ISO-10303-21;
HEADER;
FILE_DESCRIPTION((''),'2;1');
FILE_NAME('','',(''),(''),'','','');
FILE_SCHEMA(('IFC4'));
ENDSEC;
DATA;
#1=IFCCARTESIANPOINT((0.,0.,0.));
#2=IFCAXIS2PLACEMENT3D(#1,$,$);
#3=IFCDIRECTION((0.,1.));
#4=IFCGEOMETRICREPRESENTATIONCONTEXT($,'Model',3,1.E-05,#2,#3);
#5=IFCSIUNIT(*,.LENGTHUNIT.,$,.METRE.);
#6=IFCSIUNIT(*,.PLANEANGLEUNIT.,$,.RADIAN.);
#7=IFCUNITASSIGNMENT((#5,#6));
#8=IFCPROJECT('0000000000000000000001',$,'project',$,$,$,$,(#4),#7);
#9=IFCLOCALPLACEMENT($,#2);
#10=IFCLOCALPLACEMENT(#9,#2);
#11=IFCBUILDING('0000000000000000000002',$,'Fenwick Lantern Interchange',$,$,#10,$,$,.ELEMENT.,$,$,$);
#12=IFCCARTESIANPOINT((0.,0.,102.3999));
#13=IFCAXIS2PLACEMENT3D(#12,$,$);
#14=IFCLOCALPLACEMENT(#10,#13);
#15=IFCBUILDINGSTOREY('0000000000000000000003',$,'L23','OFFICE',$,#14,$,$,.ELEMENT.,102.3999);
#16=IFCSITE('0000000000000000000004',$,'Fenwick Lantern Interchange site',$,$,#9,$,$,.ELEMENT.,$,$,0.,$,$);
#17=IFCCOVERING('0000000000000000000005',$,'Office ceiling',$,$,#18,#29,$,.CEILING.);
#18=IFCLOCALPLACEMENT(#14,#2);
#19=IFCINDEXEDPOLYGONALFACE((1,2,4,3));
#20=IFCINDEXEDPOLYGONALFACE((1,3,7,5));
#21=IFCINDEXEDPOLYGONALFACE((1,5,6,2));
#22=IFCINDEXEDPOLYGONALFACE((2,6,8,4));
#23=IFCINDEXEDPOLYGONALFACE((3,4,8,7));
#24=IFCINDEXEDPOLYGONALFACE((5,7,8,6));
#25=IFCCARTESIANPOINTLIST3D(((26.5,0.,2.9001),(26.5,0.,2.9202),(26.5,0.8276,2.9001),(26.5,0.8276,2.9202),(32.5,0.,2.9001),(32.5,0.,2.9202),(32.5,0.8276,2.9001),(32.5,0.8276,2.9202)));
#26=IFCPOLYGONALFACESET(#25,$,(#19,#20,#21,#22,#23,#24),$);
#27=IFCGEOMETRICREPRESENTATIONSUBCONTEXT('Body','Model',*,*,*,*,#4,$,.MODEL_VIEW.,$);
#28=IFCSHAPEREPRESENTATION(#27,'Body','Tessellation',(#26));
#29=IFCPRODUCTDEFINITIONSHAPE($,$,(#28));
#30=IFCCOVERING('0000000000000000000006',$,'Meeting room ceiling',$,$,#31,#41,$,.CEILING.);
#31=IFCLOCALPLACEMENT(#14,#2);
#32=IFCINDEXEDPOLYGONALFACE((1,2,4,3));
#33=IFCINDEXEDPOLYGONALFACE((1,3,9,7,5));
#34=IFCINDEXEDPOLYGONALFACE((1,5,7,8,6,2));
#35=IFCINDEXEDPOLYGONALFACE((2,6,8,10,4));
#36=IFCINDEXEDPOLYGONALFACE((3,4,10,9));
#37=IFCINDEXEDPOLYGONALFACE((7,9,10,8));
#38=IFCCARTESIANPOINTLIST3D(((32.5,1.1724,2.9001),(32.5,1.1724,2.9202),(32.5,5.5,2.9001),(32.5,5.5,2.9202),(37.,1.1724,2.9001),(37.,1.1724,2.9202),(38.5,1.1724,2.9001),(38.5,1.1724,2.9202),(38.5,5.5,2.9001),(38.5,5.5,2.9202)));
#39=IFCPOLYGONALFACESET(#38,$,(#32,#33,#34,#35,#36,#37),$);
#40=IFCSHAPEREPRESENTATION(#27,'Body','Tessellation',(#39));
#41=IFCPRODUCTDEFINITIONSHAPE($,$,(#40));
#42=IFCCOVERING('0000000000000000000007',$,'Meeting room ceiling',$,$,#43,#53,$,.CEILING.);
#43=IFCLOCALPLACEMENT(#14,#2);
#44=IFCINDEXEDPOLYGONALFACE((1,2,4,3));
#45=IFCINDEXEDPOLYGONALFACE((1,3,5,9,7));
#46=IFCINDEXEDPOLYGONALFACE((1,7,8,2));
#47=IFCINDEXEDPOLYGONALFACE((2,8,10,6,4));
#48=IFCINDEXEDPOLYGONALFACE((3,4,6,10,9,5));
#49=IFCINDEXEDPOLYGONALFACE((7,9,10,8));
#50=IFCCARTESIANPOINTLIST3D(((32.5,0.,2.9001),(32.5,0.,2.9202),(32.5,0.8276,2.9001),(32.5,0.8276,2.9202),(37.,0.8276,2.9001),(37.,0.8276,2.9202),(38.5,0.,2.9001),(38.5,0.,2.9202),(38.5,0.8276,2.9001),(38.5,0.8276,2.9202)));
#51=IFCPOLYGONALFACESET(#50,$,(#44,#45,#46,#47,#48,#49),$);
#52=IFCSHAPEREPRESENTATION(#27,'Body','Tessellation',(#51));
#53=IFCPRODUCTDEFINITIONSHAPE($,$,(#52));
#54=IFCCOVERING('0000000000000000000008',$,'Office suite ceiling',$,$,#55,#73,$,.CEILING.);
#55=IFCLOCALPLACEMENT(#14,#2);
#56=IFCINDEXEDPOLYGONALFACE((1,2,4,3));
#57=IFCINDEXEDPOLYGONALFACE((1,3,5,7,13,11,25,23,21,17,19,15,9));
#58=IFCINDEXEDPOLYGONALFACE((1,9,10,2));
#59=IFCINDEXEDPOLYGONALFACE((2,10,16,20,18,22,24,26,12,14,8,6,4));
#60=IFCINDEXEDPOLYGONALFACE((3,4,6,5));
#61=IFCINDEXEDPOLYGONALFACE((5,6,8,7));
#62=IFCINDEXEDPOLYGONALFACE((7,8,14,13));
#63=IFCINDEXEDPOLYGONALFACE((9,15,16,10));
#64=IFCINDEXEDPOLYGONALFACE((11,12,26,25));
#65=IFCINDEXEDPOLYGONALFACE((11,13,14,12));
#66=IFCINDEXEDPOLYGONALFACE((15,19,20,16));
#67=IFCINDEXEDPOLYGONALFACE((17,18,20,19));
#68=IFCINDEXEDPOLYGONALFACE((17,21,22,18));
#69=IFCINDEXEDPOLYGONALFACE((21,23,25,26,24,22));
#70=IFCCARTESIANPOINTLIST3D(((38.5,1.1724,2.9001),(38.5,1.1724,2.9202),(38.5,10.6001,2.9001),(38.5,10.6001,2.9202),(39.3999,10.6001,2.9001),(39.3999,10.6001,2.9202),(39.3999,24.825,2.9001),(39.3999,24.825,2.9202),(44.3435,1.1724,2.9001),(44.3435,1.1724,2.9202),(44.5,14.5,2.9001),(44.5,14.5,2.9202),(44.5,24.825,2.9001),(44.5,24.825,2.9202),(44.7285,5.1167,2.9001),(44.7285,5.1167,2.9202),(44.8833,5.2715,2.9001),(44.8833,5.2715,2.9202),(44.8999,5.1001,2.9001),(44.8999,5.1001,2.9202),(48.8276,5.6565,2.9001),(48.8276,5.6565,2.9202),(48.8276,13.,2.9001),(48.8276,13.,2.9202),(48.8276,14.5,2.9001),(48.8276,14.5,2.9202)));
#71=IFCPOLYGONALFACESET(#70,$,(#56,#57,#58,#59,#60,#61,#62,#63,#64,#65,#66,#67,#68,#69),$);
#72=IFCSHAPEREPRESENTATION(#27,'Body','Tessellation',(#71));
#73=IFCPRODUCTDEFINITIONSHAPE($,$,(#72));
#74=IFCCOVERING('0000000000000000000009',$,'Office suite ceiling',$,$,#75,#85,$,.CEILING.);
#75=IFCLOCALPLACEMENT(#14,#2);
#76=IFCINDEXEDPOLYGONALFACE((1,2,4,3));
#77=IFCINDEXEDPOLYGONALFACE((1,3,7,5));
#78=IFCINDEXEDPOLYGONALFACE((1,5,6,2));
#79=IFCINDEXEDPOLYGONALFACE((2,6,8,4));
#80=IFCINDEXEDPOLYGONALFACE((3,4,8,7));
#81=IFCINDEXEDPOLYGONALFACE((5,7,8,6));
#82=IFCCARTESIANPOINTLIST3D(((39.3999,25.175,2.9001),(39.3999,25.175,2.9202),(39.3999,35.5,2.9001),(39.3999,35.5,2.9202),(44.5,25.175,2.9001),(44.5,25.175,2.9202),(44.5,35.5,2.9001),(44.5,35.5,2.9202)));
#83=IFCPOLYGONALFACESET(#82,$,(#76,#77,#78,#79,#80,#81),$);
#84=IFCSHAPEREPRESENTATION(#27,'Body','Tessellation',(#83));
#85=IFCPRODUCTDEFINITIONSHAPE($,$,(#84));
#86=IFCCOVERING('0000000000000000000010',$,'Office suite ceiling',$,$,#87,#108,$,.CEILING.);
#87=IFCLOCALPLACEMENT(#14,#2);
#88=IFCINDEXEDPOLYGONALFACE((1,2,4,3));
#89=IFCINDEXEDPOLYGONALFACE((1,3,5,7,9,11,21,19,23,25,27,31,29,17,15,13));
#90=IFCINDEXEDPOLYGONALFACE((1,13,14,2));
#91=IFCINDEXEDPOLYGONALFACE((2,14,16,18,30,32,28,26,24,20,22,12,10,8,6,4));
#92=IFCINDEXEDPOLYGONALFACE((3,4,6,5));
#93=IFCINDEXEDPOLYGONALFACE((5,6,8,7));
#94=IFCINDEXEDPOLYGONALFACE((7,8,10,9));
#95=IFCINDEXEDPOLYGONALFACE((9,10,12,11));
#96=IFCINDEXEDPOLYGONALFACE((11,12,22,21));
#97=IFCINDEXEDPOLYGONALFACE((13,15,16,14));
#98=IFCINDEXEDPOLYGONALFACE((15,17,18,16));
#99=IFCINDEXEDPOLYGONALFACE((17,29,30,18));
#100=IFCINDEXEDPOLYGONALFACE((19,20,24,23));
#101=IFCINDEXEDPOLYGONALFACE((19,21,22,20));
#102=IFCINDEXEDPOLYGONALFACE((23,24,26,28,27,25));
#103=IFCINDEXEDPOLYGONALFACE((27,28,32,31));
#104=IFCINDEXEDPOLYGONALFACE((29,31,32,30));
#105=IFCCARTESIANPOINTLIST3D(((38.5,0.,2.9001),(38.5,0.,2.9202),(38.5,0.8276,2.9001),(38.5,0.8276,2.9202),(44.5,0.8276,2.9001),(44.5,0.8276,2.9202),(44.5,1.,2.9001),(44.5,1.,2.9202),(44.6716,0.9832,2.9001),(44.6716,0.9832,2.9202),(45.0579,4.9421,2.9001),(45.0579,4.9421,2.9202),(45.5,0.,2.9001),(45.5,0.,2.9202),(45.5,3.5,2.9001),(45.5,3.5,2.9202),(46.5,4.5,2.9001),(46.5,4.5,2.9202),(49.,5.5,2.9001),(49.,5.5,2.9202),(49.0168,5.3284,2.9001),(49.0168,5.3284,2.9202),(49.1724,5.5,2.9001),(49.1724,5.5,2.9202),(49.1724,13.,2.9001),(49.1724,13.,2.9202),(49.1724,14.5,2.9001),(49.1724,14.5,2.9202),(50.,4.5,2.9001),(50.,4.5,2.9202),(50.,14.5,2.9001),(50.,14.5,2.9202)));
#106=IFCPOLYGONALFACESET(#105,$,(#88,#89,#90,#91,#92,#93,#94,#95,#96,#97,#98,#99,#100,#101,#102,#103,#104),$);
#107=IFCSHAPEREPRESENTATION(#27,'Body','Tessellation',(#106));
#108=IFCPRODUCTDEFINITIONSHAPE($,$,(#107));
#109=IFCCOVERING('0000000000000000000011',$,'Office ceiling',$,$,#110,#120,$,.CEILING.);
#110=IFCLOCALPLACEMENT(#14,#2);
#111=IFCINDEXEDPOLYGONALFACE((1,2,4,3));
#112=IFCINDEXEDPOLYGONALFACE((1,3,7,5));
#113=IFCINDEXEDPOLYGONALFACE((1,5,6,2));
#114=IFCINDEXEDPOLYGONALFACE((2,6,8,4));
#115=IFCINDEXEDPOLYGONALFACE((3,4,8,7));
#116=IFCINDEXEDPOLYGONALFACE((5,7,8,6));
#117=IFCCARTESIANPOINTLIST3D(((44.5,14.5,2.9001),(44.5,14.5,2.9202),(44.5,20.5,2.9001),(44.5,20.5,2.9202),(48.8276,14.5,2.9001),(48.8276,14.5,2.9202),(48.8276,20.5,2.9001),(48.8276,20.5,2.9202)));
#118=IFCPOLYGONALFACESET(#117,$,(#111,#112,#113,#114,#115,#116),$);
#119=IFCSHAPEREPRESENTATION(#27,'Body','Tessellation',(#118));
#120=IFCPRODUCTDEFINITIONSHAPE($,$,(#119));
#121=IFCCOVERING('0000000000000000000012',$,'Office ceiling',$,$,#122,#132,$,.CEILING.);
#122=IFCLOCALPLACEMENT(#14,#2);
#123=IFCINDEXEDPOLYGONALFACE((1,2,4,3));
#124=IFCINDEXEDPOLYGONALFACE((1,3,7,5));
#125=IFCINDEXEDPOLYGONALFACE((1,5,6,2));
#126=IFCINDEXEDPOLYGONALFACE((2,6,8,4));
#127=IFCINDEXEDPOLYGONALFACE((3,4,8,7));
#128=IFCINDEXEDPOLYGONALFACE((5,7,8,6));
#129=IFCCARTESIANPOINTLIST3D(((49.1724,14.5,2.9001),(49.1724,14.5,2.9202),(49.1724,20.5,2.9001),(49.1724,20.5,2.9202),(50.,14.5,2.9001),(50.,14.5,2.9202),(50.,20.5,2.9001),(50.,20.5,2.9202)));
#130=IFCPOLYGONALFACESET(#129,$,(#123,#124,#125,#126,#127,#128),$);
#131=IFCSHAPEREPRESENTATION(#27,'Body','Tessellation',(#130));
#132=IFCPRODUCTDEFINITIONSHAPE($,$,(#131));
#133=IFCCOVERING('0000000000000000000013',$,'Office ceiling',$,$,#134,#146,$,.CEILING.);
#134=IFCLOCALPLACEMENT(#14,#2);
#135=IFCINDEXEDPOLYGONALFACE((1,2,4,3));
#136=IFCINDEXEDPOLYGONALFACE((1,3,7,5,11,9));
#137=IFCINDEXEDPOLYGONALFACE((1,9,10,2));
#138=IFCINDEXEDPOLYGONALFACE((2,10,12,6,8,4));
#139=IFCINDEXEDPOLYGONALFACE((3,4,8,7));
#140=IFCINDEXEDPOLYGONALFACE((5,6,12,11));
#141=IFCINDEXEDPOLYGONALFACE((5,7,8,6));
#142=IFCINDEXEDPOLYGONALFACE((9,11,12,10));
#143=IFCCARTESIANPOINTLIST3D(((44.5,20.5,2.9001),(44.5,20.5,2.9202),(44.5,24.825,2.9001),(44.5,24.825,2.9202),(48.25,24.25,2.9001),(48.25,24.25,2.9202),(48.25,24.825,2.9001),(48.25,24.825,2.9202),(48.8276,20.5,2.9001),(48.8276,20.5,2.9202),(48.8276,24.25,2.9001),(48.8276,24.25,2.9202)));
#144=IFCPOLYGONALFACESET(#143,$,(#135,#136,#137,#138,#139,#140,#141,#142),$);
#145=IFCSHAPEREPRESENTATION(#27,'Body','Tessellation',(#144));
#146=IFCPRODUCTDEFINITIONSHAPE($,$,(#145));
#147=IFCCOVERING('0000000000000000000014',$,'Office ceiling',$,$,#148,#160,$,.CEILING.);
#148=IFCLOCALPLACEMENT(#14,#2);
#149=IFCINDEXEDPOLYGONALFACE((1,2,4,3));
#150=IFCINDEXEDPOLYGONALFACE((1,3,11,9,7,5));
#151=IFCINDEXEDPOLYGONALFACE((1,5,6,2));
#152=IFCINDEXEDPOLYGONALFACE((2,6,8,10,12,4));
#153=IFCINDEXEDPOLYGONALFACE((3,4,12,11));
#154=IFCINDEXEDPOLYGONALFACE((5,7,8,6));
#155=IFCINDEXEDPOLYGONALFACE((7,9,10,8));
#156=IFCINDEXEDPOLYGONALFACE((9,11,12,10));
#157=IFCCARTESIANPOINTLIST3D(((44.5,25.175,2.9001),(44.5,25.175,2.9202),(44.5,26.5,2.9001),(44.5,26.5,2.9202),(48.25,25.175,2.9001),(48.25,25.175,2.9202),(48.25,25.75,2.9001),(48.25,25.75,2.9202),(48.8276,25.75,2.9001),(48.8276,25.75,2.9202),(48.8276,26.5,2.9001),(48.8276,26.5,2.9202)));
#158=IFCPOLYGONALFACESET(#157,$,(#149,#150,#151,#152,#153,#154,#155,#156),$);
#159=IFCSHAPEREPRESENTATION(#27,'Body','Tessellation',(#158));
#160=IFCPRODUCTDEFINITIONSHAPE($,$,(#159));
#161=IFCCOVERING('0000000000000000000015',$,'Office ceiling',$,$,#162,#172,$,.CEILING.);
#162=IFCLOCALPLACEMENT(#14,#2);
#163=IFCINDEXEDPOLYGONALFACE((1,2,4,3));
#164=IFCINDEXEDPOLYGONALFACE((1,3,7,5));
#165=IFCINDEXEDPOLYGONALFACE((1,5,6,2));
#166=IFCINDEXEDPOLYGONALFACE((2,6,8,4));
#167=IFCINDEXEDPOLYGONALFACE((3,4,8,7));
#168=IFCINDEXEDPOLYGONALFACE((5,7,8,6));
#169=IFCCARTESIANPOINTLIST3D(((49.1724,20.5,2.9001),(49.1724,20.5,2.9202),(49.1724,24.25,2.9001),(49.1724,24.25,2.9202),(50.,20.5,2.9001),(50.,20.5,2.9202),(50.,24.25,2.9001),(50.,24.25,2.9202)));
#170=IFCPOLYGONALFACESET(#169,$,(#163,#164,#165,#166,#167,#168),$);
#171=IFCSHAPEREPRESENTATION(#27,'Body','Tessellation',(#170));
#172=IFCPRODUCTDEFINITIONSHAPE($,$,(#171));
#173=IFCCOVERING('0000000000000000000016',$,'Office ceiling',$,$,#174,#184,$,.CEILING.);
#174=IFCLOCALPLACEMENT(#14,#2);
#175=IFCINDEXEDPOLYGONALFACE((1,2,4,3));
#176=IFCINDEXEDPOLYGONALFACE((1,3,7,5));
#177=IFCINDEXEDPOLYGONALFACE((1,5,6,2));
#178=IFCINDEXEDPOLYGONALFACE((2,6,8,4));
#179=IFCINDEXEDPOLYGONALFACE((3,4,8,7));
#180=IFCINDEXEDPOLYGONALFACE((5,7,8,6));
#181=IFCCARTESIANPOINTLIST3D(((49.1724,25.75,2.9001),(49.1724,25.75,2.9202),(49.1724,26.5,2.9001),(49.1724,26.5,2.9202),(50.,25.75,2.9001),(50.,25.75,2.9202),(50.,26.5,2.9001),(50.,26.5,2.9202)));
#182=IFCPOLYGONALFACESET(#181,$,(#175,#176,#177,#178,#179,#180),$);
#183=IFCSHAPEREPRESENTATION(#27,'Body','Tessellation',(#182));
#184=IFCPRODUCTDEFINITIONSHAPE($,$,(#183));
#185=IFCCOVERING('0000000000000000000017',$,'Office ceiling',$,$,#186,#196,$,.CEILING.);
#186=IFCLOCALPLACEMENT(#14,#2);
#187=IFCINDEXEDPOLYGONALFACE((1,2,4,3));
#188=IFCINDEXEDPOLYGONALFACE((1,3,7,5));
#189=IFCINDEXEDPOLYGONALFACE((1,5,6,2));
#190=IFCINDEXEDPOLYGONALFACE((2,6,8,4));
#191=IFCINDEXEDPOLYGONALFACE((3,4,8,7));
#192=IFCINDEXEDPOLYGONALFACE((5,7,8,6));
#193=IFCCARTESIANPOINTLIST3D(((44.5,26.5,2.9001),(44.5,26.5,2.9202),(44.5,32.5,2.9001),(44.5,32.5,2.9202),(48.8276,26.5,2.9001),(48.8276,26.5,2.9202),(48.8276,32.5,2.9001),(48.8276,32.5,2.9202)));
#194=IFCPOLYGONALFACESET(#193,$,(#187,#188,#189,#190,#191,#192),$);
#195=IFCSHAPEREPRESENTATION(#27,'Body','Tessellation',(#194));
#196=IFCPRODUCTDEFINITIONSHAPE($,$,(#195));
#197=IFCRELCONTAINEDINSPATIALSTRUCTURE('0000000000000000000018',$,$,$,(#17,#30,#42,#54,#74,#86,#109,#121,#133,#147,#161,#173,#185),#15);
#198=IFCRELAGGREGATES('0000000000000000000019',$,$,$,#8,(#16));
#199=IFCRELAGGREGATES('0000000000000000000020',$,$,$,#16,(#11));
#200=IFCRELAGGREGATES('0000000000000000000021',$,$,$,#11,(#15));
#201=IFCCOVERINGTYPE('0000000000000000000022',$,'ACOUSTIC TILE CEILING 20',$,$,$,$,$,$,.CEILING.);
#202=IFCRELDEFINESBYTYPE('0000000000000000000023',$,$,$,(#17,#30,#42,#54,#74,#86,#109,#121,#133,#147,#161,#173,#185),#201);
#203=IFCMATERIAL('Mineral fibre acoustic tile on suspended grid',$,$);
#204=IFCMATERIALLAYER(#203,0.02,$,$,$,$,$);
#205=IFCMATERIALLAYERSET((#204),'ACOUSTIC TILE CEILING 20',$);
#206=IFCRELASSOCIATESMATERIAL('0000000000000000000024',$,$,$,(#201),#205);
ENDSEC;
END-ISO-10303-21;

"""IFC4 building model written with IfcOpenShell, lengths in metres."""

from ifc_helpers import new_model, si_unit, direction, frame, origin, place, context, subcontext, project, spatial, polyline, outline, extrude, material, layer, layer_set, type_object, element, save


model = new_model("IFC4")

# Units and contexts
model_context = context("Model", 3, precision=1e-05, world=origin(), true_north=direction((0.0, 1.0)))
body_context = subcontext(model_context, "Body", "Model", "MODEL_VIEW")
ifc_project = project(units=[si_unit("LENGTHUNIT", "METRE"), si_unit("PLANEANGLEUNIT", "RADIAN")], contexts=[model_context])

# Site, building, storey
site_placement = place(None, origin())
site = spatial("IfcSite", under=ifc_project, at=site_placement, Name="Fenwick Lantern Interchange site", CompositionType="ELEMENT", RefElevation=0.0)
building_placement = place(site_placement, origin())
building = spatial("IfcBuilding", under=site, at=building_placement, Name="Fenwick Lantern Interchange", CompositionType="ELEMENT")
storey_placement = place(building_placement, frame((0.0, 0.0, 102.3999)))
storey = spatial("IfcBuildingStorey", under=building, at=storey_placement, Name="L23", Description="OFFICE", CompositionType="ELEMENT", Elevation=102.3999)

# Coverings
ifc_material = material(Name="Mineral fibre acoustic tile on suspended grid")
ifc_layer = layer(ifc_material, 0.02)
ifc_layer_set = layer_set([ifc_layer], Name="ACOUSTIC TILE CEILING 20")
covering_type = type_object("IfcCoveringType", Name="ACOUSTIC TILE CEILING 20", PredefinedType="CEILING", material=ifc_layer_set)
covering_1_placement = place(storey_placement, frame((0.0, 0.0, 2.9001)))
element("IfcCovering", 1, at=covering_1_placement, inside=storey, type_object=covering_type, Name="Office ceiling", PredefinedType="CEILING", context=body_context, shape_type="SweptSolid", body=[
    extrude(outline(polyline([(32.5, 0.0), (32.5, 0.8276), (26.5, 0.8276), (26.5, 0.0), (32.5, 0.0)])), origin(), (0.0, 0.0, 1.0), 0.02),
])
covering_2_placement = place(storey_placement, frame((0.0, 0.0, 2.9001)))
element("IfcCovering", 2, at=covering_2_placement, inside=storey, type_object=covering_type, Name="Meeting room ceiling", PredefinedType="CEILING", context=body_context, shape_type="SweptSolid", body=[
    extrude(outline(polyline([(32.5, 5.5), (32.5, 1.1724), (37.0, 1.1724), (38.5, 1.1724), (38.5, 5.5), (32.5, 5.5)])), origin(), (0.0, 0.0, 1.0), 0.02),
])
covering_3_placement = place(storey_placement, frame((0.0, 0.0, 2.9001)))
element("IfcCovering", 3, at=covering_3_placement, inside=storey, type_object=covering_type, Name="Meeting room ceiling", PredefinedType="CEILING", context=body_context, shape_type="SweptSolid", body=[
    extrude(outline(polyline([(38.5, 0.0), (38.5, 0.8276), (37.0, 0.8276), (32.5, 0.8276), (32.5, 0.0), (38.5, 0.0)])), origin(), (0.0, 0.0, 1.0), 0.02),
])
covering_4_placement = place(storey_placement, frame((0.0, 0.0, 2.9001)))
element("IfcCovering", 4, at=covering_4_placement, inside=storey, type_object=covering_type, Name="Office suite ceiling", PredefinedType="CEILING", context=body_context, shape_type="SweptSolid", body=[
    extrude(outline(polyline([(38.5, 10.6001), (38.5, 1.1724), (44.3435, 1.1724), (44.7285, 5.1167), (44.8999, 5.1001), (44.8833, 5.2715), (48.8276, 5.6565), (48.8276, 13.0), (48.8276, 14.5), (44.5, 14.5), (44.5, 24.825), (39.3999, 24.825), (39.3999, 10.6001), (38.5, 10.6001)])), origin(), (0.0, 0.0, 1.0), 0.02),
])
covering_5_placement = place(storey_placement, frame((0.0, 0.0, 2.9001)))
element("IfcCovering", 5, at=covering_5_placement, inside=storey, type_object=covering_type, Name="Office suite ceiling", PredefinedType="CEILING", context=body_context, shape_type="SweptSolid", body=[
    extrude(outline(polyline([(39.3999, 35.5), (39.3999, 25.175), (44.5, 25.175), (44.5, 35.5), (39.3999, 35.5)])), origin(), (0.0, 0.0, 1.0), 0.02),
])
covering_6_placement = place(storey_placement, frame((0.0, 0.0, 2.9001)))
element("IfcCovering", 6, at=covering_6_placement, inside=storey, type_object=covering_type, Name="Office suite ceiling", PredefinedType="CEILING", context=body_context, shape_type="SweptSolid", body=[
    extrude(outline(polyline([(38.5, 0.8276), (38.5, 0.0), (45.5, 0.0), (45.5, 3.5), (46.5, 4.5), (50.0, 4.5), (50.0, 14.5), (49.1724, 14.5), (49.1724, 13.0), (49.1724, 5.5), (49.0, 5.5), (49.0168, 5.3284), (45.0579, 4.9421), (44.6716, 0.9832), (44.5, 1.0), (44.5, 0.8276), (38.5, 0.8276)])), origin(), (0.0, 0.0, 1.0), 0.02),
])
covering_7_placement = place(storey_placement, frame((0.0, 0.0, 2.9001)))
element("IfcCovering", 7, at=covering_7_placement, inside=storey, type_object=covering_type, Name="Office ceiling", PredefinedType="CEILING", context=body_context, shape_type="SweptSolid", body=[
    extrude(outline(polyline([(44.5, 14.5), (48.8276, 14.5), (48.8276, 20.5), (44.5, 20.5), (44.5, 14.5)])), origin(), (0.0, 0.0, 1.0), 0.02),
])
covering_8_placement = place(storey_placement, frame((0.0, 0.0, 2.9001)))
element("IfcCovering", 8, at=covering_8_placement, inside=storey, type_object=covering_type, Name="Office ceiling", PredefinedType="CEILING", context=body_context, shape_type="SweptSolid", body=[
    extrude(outline(polyline([(50.0, 20.5), (49.1724, 20.5), (49.1724, 14.5), (50.0, 14.5), (50.0, 20.5)])), origin(), (0.0, 0.0, 1.0), 0.02),
])
covering_9_placement = place(storey_placement, frame((0.0, 0.0, 2.9001)))
element("IfcCovering", 9, at=covering_9_placement, inside=storey, type_object=covering_type, Name="Office ceiling", PredefinedType="CEILING", context=body_context, shape_type="SweptSolid", body=[
    extrude(outline(polyline([(44.5, 20.5), (48.8276, 20.5), (48.8276, 24.25), (48.25, 24.25), (48.25, 24.825), (44.5, 24.825), (44.5, 20.5)])), origin(), (0.0, 0.0, 1.0), 0.02),
])
covering_10_placement = place(storey_placement, frame((0.0, 0.0, 2.9001)))
element("IfcCovering", 10, at=covering_10_placement, inside=storey, type_object=covering_type, Name="Office ceiling", PredefinedType="CEILING", context=body_context, shape_type="SweptSolid", body=[
    extrude(outline(polyline([(44.5, 26.5), (44.5, 25.175), (48.25, 25.175), (48.25, 25.75), (48.8276, 25.75), (48.8276, 26.5), (44.5, 26.5)])), origin(), (0.0, 0.0, 1.0), 0.02),
])
covering_11_placement = place(storey_placement, frame((0.0, 0.0, 2.9001)))
element("IfcCovering", 11, at=covering_11_placement, inside=storey, type_object=covering_type, Name="Office ceiling", PredefinedType="CEILING", context=body_context, shape_type="SweptSolid", body=[
    extrude(outline(polyline([(49.1724, 20.5), (50.0, 20.5), (50.0, 24.25), (49.1724, 24.25), (49.1724, 20.5)])), origin(), (0.0, 0.0, 1.0), 0.02),
])
covering_12_placement = place(storey_placement, frame((0.0, 0.0, 2.9001)))
element("IfcCovering", 12, at=covering_12_placement, inside=storey, type_object=covering_type, Name="Office ceiling", PredefinedType="CEILING", context=body_context, shape_type="SweptSolid", body=[
    extrude(outline(polyline([(50.0, 26.5), (49.1724, 26.5), (49.1724, 25.75), (50.0, 25.75), (50.0, 26.5)])), origin(), (0.0, 0.0, 1.0), 0.02),
])
covering_13_placement = place(storey_placement, frame((0.0, 0.0, 2.9001)))
element("IfcCovering", 13, at=covering_13_placement, inside=storey, type_object=covering_type, Name="Office ceiling", PredefinedType="CEILING", context=body_context, shape_type="SweptSolid", body=[
    extrude(outline(polyline([(44.5, 26.5), (48.8276, 26.5), (48.8276, 32.5), (44.5, 32.5), (44.5, 26.5)])), origin(), (0.0, 0.0, 1.0), 0.02),
])

save(model, "model.ifc")
